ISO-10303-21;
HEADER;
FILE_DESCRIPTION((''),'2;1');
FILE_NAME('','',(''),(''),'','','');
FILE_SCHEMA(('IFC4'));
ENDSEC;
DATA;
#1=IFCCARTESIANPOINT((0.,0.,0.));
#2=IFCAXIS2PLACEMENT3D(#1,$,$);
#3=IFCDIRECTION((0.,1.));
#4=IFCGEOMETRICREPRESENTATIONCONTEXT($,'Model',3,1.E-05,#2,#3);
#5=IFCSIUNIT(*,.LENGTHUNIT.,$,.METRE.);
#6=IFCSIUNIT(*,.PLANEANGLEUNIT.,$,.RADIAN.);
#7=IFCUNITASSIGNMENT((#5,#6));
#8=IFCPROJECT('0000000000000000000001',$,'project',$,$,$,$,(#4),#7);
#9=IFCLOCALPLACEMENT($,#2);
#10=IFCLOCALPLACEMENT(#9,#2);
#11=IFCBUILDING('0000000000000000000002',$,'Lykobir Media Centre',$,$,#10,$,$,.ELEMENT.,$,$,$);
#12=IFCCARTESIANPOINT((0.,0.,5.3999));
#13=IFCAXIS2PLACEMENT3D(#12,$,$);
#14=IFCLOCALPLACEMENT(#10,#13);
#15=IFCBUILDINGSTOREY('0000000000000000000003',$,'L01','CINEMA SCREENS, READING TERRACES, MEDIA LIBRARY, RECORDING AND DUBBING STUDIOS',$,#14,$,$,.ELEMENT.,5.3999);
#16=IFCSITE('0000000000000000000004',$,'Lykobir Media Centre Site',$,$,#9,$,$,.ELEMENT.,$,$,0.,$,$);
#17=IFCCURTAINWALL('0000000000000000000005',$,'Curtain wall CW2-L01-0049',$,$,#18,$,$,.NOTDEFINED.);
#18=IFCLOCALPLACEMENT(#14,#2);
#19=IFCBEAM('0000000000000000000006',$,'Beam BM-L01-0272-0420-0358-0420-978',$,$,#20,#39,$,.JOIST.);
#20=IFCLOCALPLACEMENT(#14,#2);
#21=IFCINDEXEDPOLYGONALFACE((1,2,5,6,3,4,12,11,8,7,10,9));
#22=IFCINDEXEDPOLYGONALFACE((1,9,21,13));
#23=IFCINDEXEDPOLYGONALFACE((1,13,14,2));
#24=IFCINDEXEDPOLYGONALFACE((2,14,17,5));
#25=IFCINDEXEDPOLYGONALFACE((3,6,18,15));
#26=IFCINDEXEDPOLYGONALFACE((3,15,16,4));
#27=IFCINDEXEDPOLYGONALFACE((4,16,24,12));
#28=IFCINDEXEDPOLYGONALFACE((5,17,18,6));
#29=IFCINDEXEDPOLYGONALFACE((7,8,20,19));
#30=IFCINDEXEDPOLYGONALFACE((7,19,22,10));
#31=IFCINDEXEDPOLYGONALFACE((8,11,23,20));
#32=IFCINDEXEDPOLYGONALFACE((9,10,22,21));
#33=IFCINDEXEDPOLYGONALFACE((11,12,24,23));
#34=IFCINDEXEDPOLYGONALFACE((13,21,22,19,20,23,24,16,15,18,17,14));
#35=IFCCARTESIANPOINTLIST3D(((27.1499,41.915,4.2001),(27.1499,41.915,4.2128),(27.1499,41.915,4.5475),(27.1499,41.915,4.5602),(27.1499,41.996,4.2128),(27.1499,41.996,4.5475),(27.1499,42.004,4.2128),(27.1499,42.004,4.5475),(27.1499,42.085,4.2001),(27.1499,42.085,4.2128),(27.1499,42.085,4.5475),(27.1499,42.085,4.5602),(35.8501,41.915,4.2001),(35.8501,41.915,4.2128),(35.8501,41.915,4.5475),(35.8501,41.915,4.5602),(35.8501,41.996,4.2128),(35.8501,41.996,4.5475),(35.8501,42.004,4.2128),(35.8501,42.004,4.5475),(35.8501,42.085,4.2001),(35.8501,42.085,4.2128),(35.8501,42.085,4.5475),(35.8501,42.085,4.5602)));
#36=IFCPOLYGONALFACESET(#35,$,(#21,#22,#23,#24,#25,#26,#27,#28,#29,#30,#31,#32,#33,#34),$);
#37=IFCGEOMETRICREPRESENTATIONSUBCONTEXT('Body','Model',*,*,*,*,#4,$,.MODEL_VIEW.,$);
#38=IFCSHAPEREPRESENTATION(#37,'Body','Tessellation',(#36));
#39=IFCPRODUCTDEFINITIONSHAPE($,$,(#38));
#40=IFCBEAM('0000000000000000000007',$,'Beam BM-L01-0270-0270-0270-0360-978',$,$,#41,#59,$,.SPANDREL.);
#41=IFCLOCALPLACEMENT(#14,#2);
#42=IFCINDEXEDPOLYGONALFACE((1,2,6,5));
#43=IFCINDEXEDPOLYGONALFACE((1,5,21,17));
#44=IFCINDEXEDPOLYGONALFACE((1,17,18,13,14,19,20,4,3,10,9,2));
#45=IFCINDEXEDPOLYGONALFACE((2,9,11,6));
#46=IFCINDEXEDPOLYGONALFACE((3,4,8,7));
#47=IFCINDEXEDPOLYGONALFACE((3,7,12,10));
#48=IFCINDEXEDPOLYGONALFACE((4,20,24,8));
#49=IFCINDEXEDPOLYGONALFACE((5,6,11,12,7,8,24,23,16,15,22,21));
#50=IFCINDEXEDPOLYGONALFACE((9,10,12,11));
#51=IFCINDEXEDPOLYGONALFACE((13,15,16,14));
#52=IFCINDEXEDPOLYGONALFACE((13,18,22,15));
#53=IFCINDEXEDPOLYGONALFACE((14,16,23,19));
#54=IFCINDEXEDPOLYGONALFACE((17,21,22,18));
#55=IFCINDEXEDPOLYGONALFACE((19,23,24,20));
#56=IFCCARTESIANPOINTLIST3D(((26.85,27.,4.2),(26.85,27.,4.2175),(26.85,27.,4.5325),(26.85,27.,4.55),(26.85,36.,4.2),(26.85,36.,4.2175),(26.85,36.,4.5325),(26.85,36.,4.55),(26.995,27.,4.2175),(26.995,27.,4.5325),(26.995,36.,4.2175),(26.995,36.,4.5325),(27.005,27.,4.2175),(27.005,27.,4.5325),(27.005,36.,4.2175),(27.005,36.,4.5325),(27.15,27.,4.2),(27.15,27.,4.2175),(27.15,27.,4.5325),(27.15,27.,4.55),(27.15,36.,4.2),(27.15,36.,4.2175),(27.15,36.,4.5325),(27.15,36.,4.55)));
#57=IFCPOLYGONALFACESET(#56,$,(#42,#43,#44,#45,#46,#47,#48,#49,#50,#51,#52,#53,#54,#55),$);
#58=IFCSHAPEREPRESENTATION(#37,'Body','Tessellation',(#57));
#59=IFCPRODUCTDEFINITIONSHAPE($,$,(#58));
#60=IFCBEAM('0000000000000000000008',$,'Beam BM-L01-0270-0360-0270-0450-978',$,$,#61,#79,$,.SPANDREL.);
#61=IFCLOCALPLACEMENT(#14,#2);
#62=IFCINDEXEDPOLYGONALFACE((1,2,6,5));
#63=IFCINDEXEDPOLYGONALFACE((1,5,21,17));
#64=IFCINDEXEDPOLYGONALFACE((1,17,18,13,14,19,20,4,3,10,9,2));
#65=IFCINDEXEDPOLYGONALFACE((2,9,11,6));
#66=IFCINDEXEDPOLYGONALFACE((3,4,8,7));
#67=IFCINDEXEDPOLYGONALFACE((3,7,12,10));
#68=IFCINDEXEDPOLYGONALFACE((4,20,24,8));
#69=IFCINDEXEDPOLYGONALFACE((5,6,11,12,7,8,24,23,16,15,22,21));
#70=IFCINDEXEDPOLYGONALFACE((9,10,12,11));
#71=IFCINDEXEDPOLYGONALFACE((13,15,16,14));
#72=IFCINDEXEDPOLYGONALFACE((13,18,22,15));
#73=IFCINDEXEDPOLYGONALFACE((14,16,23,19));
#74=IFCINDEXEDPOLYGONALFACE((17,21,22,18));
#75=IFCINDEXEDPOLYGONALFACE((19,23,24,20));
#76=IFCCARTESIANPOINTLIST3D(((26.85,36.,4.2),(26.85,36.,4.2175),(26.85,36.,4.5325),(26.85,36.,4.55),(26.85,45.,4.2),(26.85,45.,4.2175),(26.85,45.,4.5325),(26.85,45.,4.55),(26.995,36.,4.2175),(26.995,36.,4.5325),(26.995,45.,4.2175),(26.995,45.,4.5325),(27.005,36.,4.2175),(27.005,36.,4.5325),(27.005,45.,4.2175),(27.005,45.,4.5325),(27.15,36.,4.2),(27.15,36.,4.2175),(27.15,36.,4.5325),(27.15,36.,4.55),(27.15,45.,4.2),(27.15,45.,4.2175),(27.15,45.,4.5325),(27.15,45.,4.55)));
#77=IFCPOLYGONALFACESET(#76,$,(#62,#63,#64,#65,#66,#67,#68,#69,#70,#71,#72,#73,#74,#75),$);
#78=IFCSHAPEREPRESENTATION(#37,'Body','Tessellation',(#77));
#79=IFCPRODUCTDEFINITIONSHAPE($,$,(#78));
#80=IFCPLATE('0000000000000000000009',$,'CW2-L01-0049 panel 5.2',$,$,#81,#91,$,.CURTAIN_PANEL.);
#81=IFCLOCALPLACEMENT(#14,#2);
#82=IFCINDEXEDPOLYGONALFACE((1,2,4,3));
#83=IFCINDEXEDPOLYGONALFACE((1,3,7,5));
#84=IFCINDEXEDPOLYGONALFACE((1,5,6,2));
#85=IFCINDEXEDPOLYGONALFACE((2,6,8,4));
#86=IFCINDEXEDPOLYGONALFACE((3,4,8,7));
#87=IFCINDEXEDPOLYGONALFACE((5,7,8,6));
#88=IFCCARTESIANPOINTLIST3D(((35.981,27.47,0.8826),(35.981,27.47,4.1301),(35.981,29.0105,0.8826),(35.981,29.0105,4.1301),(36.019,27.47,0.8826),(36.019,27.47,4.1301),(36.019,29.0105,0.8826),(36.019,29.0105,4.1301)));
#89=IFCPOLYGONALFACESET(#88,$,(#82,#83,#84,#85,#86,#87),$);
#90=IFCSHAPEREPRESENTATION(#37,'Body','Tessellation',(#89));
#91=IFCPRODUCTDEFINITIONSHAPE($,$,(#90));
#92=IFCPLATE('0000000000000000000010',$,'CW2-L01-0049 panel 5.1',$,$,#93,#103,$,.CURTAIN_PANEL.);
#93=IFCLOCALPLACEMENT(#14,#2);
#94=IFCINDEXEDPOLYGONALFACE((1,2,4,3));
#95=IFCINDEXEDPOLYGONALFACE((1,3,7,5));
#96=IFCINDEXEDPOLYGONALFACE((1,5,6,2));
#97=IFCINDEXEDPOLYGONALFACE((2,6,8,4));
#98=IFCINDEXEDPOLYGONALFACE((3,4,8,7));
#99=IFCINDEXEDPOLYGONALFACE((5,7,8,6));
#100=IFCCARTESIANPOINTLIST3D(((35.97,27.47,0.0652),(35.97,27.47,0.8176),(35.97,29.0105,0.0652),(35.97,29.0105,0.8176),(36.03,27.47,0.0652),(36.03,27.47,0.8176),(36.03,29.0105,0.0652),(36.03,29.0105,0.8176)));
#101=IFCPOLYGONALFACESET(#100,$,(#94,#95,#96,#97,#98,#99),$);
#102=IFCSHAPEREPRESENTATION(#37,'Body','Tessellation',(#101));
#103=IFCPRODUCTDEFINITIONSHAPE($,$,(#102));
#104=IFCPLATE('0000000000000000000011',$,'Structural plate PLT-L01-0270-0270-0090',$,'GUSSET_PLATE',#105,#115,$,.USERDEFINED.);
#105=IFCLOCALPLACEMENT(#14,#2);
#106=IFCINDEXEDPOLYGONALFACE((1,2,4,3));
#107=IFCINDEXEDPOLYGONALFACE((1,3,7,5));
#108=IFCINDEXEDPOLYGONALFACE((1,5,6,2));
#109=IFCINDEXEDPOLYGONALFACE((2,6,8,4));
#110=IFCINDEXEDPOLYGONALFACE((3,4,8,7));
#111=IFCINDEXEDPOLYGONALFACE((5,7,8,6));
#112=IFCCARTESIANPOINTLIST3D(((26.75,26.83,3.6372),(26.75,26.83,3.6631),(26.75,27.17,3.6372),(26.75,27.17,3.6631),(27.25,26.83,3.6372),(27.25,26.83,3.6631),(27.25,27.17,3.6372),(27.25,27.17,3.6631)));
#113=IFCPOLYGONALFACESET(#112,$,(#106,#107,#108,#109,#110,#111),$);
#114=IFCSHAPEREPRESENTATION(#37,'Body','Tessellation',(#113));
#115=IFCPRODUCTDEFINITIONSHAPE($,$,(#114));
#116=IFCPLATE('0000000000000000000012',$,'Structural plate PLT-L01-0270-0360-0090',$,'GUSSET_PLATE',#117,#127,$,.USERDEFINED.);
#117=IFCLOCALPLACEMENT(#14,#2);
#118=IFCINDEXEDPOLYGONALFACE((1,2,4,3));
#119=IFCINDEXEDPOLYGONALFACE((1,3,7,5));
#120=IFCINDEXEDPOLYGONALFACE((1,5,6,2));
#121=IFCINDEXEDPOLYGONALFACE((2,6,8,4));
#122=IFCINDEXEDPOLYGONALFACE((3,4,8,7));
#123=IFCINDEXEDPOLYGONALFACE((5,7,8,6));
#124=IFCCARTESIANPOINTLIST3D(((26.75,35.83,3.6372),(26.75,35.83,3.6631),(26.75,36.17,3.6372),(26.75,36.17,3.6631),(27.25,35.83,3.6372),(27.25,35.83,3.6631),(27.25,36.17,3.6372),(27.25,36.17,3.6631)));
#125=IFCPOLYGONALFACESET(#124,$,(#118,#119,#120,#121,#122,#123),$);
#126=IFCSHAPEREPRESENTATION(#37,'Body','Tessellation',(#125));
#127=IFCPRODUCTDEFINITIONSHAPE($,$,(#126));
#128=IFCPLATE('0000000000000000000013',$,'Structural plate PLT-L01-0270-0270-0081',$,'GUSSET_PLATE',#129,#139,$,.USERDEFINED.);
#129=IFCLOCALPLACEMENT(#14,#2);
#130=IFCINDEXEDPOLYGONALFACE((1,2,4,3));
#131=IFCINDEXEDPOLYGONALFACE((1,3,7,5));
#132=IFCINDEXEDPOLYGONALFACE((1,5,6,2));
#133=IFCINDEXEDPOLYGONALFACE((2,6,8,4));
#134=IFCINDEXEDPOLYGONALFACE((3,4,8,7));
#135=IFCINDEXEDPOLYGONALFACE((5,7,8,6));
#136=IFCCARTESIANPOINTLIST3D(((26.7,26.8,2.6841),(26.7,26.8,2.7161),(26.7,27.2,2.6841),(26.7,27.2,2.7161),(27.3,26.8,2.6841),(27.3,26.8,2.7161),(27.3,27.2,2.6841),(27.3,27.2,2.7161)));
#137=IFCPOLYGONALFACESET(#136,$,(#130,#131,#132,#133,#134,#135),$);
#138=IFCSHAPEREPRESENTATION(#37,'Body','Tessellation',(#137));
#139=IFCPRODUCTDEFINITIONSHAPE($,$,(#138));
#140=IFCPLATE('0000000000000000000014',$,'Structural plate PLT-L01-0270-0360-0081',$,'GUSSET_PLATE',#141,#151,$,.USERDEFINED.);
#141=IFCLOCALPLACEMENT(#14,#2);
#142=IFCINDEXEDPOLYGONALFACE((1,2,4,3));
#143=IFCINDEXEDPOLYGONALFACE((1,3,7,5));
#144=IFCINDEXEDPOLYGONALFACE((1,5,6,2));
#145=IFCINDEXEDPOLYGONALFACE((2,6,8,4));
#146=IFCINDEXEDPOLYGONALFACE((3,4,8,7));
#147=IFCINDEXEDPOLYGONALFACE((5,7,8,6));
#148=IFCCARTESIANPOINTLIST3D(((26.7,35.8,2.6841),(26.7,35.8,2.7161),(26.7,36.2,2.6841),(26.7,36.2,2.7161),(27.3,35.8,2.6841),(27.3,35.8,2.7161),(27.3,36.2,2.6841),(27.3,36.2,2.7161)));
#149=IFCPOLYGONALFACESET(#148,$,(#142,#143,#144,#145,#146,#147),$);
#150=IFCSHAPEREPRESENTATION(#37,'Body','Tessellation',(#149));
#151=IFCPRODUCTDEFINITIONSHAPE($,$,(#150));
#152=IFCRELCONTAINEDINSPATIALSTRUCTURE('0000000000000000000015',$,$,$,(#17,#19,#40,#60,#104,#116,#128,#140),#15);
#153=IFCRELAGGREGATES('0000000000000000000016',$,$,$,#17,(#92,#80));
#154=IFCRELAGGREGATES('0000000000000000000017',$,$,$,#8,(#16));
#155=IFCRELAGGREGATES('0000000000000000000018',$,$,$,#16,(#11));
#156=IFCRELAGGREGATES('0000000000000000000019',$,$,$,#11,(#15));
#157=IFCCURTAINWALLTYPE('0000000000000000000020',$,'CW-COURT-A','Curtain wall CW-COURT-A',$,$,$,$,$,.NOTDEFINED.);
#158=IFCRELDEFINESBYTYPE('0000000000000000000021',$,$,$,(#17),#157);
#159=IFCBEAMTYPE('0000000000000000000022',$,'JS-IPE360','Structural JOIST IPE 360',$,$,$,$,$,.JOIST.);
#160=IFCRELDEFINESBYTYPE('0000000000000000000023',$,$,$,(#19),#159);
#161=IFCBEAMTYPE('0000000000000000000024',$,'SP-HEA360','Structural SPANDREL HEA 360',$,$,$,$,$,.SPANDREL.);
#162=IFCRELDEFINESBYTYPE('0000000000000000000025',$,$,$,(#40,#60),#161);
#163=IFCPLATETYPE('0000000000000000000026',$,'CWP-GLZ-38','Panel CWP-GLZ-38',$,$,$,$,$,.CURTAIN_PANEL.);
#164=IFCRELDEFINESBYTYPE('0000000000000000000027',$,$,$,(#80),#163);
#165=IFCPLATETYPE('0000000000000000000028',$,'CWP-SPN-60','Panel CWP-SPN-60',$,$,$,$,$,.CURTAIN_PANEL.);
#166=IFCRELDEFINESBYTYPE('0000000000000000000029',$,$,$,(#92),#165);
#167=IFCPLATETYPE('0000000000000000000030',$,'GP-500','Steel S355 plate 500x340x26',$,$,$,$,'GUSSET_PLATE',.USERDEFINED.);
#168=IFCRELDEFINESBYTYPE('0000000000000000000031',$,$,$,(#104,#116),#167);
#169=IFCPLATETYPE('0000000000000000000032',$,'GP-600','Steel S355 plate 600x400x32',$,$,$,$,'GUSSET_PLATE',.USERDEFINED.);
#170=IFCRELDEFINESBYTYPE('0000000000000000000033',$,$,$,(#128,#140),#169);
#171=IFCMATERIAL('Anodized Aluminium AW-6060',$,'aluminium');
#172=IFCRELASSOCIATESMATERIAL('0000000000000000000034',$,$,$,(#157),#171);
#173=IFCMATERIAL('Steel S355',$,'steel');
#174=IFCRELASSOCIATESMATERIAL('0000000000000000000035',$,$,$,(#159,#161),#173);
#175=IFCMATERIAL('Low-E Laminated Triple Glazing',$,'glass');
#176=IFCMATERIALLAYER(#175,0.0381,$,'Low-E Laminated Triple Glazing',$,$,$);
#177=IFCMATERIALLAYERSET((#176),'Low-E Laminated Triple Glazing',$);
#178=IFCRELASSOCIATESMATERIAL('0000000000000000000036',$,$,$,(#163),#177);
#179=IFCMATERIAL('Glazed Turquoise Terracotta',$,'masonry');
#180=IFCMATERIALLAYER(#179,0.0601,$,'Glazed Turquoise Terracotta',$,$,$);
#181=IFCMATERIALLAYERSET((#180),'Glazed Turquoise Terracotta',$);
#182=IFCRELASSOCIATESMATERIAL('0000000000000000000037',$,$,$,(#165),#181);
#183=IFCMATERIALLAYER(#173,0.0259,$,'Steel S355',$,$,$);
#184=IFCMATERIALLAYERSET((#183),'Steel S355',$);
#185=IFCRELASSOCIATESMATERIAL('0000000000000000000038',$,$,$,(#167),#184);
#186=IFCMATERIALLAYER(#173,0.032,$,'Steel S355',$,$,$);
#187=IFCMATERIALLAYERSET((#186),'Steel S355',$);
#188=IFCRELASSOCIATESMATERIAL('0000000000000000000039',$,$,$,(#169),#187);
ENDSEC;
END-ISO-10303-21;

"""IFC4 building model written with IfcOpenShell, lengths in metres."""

from ifc_helpers import new_model, si_unit, direction, frame, origin, origin_2d, place, context, subcontext, project, spatial, rectangle, i_section, extrude, material, layer, layer_set, material_profile, profile_set, type_object, element, aggregate, save


model = new_model("IFC4")

# Units and contexts
model_context = context("Model", 3, precision=1e-05, world=origin(), true_north=direction((0.0, 1.0)))
body_context = subcontext(model_context, "Body", "Model", "MODEL_VIEW")
ifc_project = project(units=[si_unit("LENGTHUNIT", "METRE"), si_unit("PLANEANGLEUNIT", "RADIAN")], contexts=[model_context])

# Site, building, storey
site_placement = place(None, origin())
site = spatial("IfcSite", under=ifc_project, at=site_placement, Name="Lykobir Media Centre Site", CompositionType="ELEMENT", RefElevation=0.0)
building_placement = place(site_placement, origin())
building = spatial("IfcBuilding", under=site, at=building_placement, Name="Lykobir Media Centre", CompositionType="ELEMENT")
storey_placement = place(building_placement, frame((0.0, 0.0, 5.3999)))
storey = spatial("IfcBuildingStorey", under=building, at=storey_placement, Name="L01", Description="CINEMA SCREENS, READING TERRACES, MEDIA LIBRARY, RECORDING AND DUBBING STUDIOS", CompositionType="ELEMENT", Elevation=5.3999)

# Shared definitions
ifc_material_1 = material(Name="Steel S355", Category="steel")

# Curtain wall
ifc_material_2 = material(Name="Anodized Aluminium AW-6060", Category="aluminium")
curtain_wall_type = type_object("IfcCurtainWallType", Name="CW-COURT-A", Description="Curtain wall CW-COURT-A", PredefinedType="NOTDEFINED", material=ifc_material_2)
curtain_wall_placement = place(storey_placement, origin())
curtain_wall = element("IfcCurtainWall", 1, at=curtain_wall_placement, inside=storey, type_object=curtain_wall_type, Name="Curtain wall CW2-L01-0049", PredefinedType="NOTDEFINED")

# Beams
ifc_material_profile_1 = material_profile(ifc_material_1, i_section(OverallWidth=0.1699, OverallDepth=0.3601, WebThickness=0.0081, FlangeThickness=0.0127, at=origin_2d()), Name="IPE 360")
ifc_profile_set_1 = profile_set([ifc_material_profile_1], Name="Steel S355")
beam_type_1 = type_object("IfcBeamType", Name="JS-IPE360", Description="Structural JOIST IPE 360", PredefinedType="JOIST", material=ifc_profile_set_1)
for number, where, z_axis, x_axis, name in (
    (2, (27.1499, 42.0, 4.3801), (1.0, 0.0, 0.0), (0.0, 1.0, 0.0), "Beam BM-L01-0272-0420-0358-0420-978"),
):
    element("IfcBeam", number, at=place(storey_placement, frame(where, z_axis=z_axis, x_axis=x_axis)), inside=storey, type_object=beam_type_1, Name=name, PredefinedType="JOIST", context=body_context, shape_type="SweptSolid", body=[
        extrude(i_section(OverallWidth=0.1699, OverallDepth=0.3601, WebThickness=0.0081, FlangeThickness=0.0127, at=origin_2d()), origin(), (0.0, 0.0, 1.0), 8.7002),
    ])
ifc_material_profile_2 = material_profile(ifc_material_1, i_section(OverallWidth=0.3, OverallDepth=0.3501, WebThickness=0.01, FlangeThickness=0.0176, at=origin_2d()), Name="HEA 360")
ifc_profile_set_2 = profile_set([ifc_material_profile_2], Name="Steel S355")
beam_type_2 = type_object("IfcBeamType", Name="SP-HEA360", Description="Structural SPANDREL HEA 360", PredefinedType="SPANDREL", material=ifc_profile_set_2)
for number, where, z_axis, x_axis, name in (
    (3, (27.0, 27.0, 4.375), (0.0, 1.0, 0.0), (-1.0, 0.0, 0.0), "Beam BM-L01-0270-0270-0270-0360-978"),
    (4, (27.0, 36.0, 4.375), (0.0, 1.0, 0.0), (-1.0, 0.0, 0.0), "Beam BM-L01-0270-0360-0270-0450-978"),
):
    element("IfcBeam", number, at=place(storey_placement, frame(where, z_axis=z_axis, x_axis=x_axis)), inside=storey, type_object=beam_type_2, Name=name, PredefinedType="SPANDREL", context=body_context, shape_type="SweptSolid", body=[
        extrude(i_section(OverallWidth=0.3, OverallDepth=0.3501, WebThickness=0.01, FlangeThickness=0.0176, at=origin_2d()), origin(), (0.0, 0.0, 1.0), 9.0),
    ])

# Plates
ifc_material_3 = material(Name="Low-E Laminated Triple Glazing", Category="glass")
ifc_layer_1 = layer(ifc_material_3, 0.0381, Name="Low-E Laminated Triple Glazing")
ifc_layer_set_1 = layer_set([ifc_layer_1], Name="Low-E Laminated Triple Glazing")
plate_type_1 = type_object("IfcPlateType", Name="CWP-GLZ-38", Description="Panel CWP-GLZ-38", PredefinedType="CURTAIN_PANEL", material=ifc_layer_set_1)
plate_1_placement = place(storey_placement, frame((36.0, 28.2402, 0.8826), z_axis=(0.0, 0.0, 1.0), x_axis=(0.0, -1.0, 0.0)))
plate_1 = element("IfcPlate", 5, at=plate_1_placement, type_object=plate_type_1, Name="CW2-L01-0049 panel 5.2", PredefinedType="CURTAIN_PANEL", context=body_context, shape_type="SweptSolid", body=[
    extrude(rectangle(XDim=1.5405, YDim=0.0381, at=origin_2d()), origin(), (0.0, 0.0, 1.0), 3.2476),
])
ifc_material_4 = material(Name="Glazed Turquoise Terracotta", Category="masonry")
ifc_layer_2 = layer(ifc_material_4, 0.0601, Name="Glazed Turquoise Terracotta")
ifc_layer_set_2 = layer_set([ifc_layer_2], Name="Glazed Turquoise Terracotta")
plate_type_2 = type_object("IfcPlateType", Name="CWP-SPN-60", Description="Panel CWP-SPN-60", PredefinedType="CURTAIN_PANEL", material=ifc_layer_set_2)
plate_2_placement = place(storey_placement, frame((36.0, 28.2402, 0.0652), z_axis=(0.0, 0.0, 1.0), x_axis=(0.0, -1.0, 0.0)))
plate_2 = element("IfcPlate", 6, at=plate_2_placement, type_object=plate_type_2, Name="CW2-L01-0049 panel 5.1", PredefinedType="CURTAIN_PANEL", context=body_context, shape_type="SweptSolid", body=[
    extrude(rectangle(XDim=1.5405, YDim=0.0601, at=origin_2d()), origin(), (0.0, 0.0, 1.0), 0.7524),
])
aggregate(curtain_wall, [plate_2, plate_1])

# Plates
ifc_layer_3 = layer(ifc_material_1, 0.0259, Name="Steel S355")
ifc_layer_set_3 = layer_set([ifc_layer_3], Name="Steel S355")
plate_type_3 = type_object("IfcPlateType", Name="GP-500", Description="Steel S355 plate 500x340x26", ElementType="GUSSET_PLATE", PredefinedType="USERDEFINED", material=ifc_layer_set_3)
for number, where, z_axis, x_axis, name in (
    (7, (27.0, 27.0, 3.6372), (0.0, 0.0, 1.0), (1.0, 0.0, 0.0), "Structural plate PLT-L01-0270-0270-0090"),
    (8, (27.0, 36.0, 3.6372), (0.0, 0.0, 1.0), (1.0, 0.0, 0.0), "Structural plate PLT-L01-0270-0360-0090"),
):
    element("IfcPlate", number, at=place(storey_placement, frame(where, z_axis=z_axis, x_axis=x_axis)), inside=storey, type_object=plate_type_3, Name=name, ObjectType="GUSSET_PLATE", PredefinedType="USERDEFINED", context=body_context, shape_type="SweptSolid", body=[
        extrude(rectangle(XDim=0.5, YDim=0.3401, at=origin_2d()), origin(), (0.0, 0.0, 1.0), 0.0259),
    ])
ifc_layer_4 = layer(ifc_material_1, 0.032, Name="Steel S355")
ifc_layer_set_4 = layer_set([ifc_layer_4], Name="Steel S355")
plate_type_4 = type_object("IfcPlateType", Name="GP-600", Description="Steel S355 plate 600x400x32", ElementType="GUSSET_PLATE", PredefinedType="USERDEFINED", material=ifc_layer_set_4)
for number, where, z_axis, x_axis, name in (
    (9, (27.0, 27.0, 2.6841), (0.0, 0.0, 1.0), (1.0, 0.0, 0.0), "Structural plate PLT-L01-0270-0270-0081"),
    (10, (27.0, 36.0, 2.6841), (0.0, 0.0, 1.0), (1.0, 0.0, 0.0), "Structural plate PLT-L01-0270-0360-0081"),
):
    element("IfcPlate", number, at=place(storey_placement, frame(where, z_axis=z_axis, x_axis=x_axis)), inside=storey, type_object=plate_type_4, Name=name, ObjectType="GUSSET_PLATE", PredefinedType="USERDEFINED", context=body_context, shape_type="SweptSolid", body=[
        extrude(rectangle(XDim=0.6001, YDim=0.3999, at=origin_2d()), origin(), (0.0, 0.0, 1.0), 0.032),
    ])

save(model, "model.ifc")
